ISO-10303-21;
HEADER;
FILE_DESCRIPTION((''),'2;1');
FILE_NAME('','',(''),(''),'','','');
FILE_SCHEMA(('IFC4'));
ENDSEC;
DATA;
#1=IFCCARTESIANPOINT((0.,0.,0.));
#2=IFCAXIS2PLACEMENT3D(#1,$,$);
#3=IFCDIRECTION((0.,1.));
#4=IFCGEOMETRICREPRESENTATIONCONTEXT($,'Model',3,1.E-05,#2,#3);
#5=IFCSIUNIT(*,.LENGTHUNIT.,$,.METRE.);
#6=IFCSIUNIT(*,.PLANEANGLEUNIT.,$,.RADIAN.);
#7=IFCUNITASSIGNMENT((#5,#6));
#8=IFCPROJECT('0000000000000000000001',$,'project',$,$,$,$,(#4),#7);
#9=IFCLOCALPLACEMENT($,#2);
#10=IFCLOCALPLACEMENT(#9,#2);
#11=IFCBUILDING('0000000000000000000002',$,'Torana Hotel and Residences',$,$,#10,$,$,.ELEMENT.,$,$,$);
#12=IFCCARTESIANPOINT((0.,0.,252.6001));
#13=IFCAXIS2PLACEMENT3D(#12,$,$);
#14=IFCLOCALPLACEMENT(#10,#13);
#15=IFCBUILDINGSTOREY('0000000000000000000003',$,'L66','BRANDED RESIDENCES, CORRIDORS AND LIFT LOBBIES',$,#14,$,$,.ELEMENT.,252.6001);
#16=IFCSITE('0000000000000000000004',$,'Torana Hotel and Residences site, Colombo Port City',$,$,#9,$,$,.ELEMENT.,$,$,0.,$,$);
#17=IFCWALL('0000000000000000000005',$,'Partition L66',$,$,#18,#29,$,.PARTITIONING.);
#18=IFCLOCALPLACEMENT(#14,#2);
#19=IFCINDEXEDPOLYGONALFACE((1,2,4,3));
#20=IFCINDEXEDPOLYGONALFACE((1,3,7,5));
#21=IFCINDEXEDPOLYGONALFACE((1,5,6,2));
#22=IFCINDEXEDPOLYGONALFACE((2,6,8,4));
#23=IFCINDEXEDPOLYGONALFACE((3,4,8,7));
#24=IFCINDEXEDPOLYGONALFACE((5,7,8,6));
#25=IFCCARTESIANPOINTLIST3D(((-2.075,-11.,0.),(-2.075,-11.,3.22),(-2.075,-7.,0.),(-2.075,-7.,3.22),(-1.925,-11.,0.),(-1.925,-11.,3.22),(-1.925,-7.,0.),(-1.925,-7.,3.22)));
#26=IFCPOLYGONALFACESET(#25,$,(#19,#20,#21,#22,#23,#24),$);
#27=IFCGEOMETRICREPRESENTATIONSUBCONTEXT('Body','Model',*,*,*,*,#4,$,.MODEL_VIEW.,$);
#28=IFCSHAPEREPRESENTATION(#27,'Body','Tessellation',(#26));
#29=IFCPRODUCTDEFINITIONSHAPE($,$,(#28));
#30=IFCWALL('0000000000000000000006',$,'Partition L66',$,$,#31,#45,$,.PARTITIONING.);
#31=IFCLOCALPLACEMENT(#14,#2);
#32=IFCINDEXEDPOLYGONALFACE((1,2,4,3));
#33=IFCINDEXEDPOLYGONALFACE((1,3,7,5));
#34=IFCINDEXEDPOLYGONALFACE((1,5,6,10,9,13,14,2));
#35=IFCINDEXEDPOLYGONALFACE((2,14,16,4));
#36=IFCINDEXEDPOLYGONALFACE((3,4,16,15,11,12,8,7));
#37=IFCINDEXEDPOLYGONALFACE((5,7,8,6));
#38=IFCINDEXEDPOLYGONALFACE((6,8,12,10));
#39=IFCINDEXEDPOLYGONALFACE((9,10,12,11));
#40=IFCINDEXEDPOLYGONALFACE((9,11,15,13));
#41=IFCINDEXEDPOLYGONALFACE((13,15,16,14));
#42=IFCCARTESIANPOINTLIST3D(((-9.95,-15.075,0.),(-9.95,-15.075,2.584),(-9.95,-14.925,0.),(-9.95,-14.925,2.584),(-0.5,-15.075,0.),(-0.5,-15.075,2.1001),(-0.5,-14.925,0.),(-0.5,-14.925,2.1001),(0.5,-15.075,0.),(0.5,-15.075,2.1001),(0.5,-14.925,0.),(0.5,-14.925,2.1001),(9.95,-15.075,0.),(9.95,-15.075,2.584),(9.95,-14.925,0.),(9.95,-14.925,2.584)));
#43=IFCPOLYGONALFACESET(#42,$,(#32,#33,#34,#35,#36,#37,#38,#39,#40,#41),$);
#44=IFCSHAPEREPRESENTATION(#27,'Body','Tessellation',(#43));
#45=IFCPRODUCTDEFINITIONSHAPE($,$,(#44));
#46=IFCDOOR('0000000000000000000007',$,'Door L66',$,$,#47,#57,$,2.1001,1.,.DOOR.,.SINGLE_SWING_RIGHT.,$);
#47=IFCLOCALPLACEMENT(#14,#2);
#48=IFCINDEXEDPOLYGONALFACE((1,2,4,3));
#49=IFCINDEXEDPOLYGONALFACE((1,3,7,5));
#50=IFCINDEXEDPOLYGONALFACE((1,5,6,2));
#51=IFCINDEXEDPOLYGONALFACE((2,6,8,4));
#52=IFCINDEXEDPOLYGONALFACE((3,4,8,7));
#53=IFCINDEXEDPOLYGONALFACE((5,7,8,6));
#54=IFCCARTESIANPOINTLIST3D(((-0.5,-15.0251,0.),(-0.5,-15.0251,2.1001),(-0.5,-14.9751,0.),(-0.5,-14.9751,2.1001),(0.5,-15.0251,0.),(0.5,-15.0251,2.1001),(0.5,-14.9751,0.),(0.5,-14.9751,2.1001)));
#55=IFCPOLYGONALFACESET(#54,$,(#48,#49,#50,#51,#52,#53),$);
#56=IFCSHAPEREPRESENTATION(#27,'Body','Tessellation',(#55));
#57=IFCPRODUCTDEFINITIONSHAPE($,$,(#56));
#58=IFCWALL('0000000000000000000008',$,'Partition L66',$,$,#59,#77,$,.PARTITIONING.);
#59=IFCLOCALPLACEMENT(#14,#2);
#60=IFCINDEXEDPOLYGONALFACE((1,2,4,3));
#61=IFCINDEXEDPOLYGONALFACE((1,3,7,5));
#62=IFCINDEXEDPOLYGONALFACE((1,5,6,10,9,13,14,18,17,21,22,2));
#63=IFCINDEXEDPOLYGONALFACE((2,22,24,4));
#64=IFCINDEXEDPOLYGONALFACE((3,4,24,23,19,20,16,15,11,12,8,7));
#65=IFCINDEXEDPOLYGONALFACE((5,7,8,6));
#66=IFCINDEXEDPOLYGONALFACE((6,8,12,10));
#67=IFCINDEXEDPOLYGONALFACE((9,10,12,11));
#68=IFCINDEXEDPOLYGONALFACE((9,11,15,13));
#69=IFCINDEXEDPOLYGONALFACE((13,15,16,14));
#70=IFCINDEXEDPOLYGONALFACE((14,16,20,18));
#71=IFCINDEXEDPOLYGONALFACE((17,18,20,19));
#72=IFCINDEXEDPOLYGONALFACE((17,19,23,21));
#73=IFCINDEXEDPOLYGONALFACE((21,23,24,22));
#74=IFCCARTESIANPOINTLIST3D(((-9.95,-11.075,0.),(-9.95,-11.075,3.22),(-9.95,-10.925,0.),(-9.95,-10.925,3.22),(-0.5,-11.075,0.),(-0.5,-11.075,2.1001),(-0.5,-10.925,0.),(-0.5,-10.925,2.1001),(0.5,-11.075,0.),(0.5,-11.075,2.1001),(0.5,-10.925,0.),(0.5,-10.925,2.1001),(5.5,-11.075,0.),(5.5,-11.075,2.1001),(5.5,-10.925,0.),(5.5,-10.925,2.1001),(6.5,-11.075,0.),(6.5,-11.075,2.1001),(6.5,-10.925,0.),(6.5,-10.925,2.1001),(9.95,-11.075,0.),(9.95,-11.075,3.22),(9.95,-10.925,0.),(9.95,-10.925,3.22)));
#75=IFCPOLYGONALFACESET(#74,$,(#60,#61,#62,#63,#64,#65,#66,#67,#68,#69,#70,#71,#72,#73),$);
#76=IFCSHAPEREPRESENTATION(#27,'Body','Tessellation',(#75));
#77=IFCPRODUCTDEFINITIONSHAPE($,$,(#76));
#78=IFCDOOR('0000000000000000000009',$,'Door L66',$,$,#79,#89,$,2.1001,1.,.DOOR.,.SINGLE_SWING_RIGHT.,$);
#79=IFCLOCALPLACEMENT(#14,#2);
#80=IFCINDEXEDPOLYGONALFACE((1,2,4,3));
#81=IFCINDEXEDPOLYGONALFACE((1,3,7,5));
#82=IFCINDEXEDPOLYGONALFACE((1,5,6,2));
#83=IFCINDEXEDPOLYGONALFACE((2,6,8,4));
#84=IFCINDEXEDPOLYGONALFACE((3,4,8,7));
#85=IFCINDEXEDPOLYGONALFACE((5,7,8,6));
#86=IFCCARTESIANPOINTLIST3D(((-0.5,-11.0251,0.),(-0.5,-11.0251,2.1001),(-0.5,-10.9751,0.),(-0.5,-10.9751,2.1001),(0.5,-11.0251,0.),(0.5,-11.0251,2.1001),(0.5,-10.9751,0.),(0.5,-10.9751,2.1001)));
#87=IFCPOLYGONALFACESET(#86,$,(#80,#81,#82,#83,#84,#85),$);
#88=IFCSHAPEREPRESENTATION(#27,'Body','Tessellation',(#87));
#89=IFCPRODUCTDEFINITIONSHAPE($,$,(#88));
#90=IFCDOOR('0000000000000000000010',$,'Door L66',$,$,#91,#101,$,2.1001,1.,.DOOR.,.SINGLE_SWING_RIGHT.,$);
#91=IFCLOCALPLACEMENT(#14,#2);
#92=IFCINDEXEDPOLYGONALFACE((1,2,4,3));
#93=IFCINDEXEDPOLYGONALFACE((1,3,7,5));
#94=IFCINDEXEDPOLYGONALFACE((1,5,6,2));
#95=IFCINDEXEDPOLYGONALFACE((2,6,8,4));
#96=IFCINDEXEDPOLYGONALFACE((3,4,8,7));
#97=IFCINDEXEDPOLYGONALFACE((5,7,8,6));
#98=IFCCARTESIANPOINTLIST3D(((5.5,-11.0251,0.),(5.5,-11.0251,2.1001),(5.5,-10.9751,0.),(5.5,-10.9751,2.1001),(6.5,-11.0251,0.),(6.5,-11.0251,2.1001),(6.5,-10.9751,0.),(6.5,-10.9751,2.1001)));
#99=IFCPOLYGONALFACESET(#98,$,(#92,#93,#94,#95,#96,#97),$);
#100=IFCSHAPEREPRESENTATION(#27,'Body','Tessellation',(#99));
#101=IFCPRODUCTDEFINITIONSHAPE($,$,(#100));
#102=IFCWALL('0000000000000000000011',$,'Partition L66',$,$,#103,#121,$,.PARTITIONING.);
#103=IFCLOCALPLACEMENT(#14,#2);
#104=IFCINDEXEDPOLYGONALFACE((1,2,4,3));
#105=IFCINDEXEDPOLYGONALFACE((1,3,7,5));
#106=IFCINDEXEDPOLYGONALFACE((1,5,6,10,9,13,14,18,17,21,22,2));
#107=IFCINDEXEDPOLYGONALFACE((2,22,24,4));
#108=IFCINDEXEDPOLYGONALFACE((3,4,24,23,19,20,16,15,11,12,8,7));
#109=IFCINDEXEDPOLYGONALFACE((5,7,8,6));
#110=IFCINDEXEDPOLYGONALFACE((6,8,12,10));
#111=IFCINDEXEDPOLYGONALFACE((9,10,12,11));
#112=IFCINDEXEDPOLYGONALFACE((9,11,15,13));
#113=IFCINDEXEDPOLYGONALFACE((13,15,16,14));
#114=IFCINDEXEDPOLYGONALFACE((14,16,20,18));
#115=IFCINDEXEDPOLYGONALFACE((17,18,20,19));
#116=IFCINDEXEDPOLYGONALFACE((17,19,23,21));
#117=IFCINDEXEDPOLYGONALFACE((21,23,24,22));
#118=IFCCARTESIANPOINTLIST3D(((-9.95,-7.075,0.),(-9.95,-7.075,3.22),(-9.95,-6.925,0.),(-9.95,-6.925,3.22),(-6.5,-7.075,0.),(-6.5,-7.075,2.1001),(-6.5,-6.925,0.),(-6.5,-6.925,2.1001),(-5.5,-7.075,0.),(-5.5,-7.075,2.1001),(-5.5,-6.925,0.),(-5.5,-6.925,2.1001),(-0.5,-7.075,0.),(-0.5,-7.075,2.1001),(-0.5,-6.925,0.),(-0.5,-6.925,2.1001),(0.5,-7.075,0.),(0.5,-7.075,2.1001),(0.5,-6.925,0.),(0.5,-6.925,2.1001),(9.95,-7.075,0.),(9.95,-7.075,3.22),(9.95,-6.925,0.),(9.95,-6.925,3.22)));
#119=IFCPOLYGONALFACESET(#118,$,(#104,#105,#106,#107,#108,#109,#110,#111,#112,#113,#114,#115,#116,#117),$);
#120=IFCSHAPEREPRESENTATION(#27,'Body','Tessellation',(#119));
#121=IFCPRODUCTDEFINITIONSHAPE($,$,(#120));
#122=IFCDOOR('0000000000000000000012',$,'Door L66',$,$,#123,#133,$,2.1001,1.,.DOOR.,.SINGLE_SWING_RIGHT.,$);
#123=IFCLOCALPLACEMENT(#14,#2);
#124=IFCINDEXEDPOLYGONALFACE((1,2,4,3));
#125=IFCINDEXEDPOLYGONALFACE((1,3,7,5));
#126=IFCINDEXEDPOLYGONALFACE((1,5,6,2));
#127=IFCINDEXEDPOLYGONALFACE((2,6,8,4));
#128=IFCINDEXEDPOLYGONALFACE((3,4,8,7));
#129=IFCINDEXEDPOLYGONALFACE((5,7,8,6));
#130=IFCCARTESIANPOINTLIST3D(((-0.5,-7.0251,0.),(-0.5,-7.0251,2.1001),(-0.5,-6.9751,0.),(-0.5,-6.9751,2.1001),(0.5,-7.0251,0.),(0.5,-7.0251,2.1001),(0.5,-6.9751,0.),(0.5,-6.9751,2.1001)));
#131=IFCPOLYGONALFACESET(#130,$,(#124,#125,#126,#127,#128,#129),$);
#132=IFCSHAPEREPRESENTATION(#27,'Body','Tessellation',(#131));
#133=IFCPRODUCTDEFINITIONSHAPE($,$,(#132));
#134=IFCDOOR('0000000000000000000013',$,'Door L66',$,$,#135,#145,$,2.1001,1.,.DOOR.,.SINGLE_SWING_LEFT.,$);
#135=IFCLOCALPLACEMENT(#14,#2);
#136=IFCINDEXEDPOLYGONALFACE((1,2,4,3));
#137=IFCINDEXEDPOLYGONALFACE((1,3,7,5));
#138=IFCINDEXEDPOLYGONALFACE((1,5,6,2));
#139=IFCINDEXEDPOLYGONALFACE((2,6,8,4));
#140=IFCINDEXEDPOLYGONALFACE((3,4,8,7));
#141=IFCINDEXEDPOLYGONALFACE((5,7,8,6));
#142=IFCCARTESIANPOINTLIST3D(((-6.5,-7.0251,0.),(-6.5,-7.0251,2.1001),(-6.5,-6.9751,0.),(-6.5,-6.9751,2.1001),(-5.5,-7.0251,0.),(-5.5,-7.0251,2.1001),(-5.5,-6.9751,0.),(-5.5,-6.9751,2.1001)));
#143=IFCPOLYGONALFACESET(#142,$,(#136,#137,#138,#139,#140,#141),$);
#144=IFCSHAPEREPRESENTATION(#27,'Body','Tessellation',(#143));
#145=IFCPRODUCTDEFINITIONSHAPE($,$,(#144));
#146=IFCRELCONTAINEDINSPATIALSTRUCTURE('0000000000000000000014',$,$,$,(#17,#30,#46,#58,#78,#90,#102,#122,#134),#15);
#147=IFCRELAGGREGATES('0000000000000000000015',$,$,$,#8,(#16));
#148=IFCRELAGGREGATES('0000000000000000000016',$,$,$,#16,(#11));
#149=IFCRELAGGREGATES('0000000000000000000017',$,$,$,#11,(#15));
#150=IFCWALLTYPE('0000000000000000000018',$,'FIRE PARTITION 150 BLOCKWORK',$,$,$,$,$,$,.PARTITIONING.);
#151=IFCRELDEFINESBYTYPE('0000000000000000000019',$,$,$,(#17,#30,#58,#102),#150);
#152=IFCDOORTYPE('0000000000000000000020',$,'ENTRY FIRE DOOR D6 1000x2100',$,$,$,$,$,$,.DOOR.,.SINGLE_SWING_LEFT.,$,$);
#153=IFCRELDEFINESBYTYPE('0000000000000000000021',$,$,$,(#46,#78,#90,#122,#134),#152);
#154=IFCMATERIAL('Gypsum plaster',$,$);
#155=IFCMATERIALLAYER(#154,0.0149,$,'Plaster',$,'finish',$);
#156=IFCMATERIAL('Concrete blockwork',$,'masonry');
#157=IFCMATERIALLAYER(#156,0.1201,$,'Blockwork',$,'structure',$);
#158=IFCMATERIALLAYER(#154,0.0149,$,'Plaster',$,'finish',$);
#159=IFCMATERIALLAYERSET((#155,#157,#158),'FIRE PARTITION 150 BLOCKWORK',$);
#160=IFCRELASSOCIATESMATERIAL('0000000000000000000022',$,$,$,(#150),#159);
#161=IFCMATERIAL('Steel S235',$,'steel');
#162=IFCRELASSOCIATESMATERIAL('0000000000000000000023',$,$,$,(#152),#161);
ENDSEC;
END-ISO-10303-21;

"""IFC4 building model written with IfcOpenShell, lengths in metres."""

from ifc_helpers import new_model, si_unit, direction, frame, frame_2d, origin, place, context, subcontext, project, spatial, rectangle, extrude, material, layer, layer_set, type_object, element, fill, save


model = new_model("IFC4")

# Units and contexts
model_context = context("Model", 3, precision=1e-05, world=origin(), true_north=direction((0.0, 1.0)))
body_context = subcontext(model_context, "Body", "Model", "MODEL_VIEW")
ifc_project = project(units=[si_unit("LENGTHUNIT", "METRE"), si_unit("PLANEANGLEUNIT", "RADIAN")], contexts=[model_context])

# Site, building, storey
site_placement = place(None, origin())
site = spatial("IfcSite", under=ifc_project, at=site_placement, Name="Torana Hotel and Residences site, Colombo Port City", CompositionType="ELEMENT", RefElevation=0.0)
building_placement = place(site_placement, origin())
building = spatial("IfcBuilding", under=site, at=building_placement, Name="Torana Hotel and Residences", CompositionType="ELEMENT")
storey_placement = place(building_placement, frame((0.0, 0.0, 252.6001)))
storey = spatial("IfcBuildingStorey", under=building, at=storey_placement, Name="L66", Description="BRANDED RESIDENCES, CORRIDORS AND LIFT LOBBIES", CompositionType="ELEMENT", Elevation=252.6001)

# Wall
ifc_material_1 = material(Name="Gypsum plaster")
ifc_layer_1 = layer(ifc_material_1, 0.0149, Name="Plaster", Category="finish")
ifc_material_2 = material(Name="Concrete blockwork", Category="masonry")
ifc_layer_2 = layer(ifc_material_2, 0.1201, Name="Blockwork", Category="structure")
ifc_layer_3 = layer(ifc_material_1, 0.0149, Name="Plaster", Category="finish")
ifc_layer_set_1 = layer_set([ifc_layer_1, ifc_layer_2, ifc_layer_3], Name="FIRE PARTITION 150 BLOCKWORK")
wall_type_1 = type_object("IfcWallType", Name="FIRE PARTITION 150 BLOCKWORK", PredefinedType="PARTITIONING", material=ifc_layer_set_1)
wall_1_placement = place(storey_placement, frame((-2.0, -11.0, 0.0), z_axis=(0.0, 0.0, 1.0), x_axis=(0.0, 1.0, 0.0)))
element("IfcWall", 1, at=wall_1_placement, inside=storey, type_object=wall_type_1, Name="Partition L66", PredefinedType="PARTITIONING", context=body_context, shape_type="SweptSolid", body=[
    extrude(rectangle(XDim=4.0, YDim=0.1499, at=frame_2d((2.0, 0.0))), origin(), (0.0, 0.0, 1.0), 3.22),
])

# Wall, opening, door
wall_2_placement = place(storey_placement, frame((-9.95, -15.0, 0.0), z_axis=(0.0, 0.0, 1.0), x_axis=(1.0, 0.0, 0.0)))
wall_2 = element("IfcWall", 2, at=wall_2_placement, inside=storey, type_object=wall_type_1, Name="Partition L66", PredefinedType="PARTITIONING", context=body_context, shape_type="SweptSolid", body=[
    extrude(rectangle(XDim=19.8999, YDim=0.1499, at=frame_2d((9.95, 0.0))), origin(), (0.0, 0.0, 1.0), 2.584),
])
opening_1_placement = place(wall_2_placement, frame((9.45, 0.0, 0.0)))
opening_1 = element("IfcOpeningElement", 3, at=opening_1_placement, cuts=wall_2, PredefinedType="OPENING", context=body_context, shape_type="SweptSolid", body=[
    extrude(rectangle(XDim=1.0, YDim=2.1001, at=frame_2d((0.5, 1.05))), frame((0.0, 0.085, 0.0), z_axis=(0.0, -1.0, 0.0), x_axis=(1.0, 0.0, 0.0)), (0.0, 0.0, 1.0), 0.1699),
])
ifc_material_3 = material(Name="Steel S235", Category="steel")
door_type_1 = type_object("IfcDoorType", Name="ENTRY FIRE DOOR D6 1000x2100", OperationType="SINGLE_SWING_LEFT", PredefinedType="DOOR", material=ifc_material_3)
door_1_placement = place(opening_1_placement, origin())
door_1 = element("IfcDoor", 4, at=door_1_placement, inside=storey, type_object=door_type_1, Name="Door L66", OperationType="SINGLE_SWING_RIGHT", OverallHeight=2.1001, OverallWidth=1.0, PredefinedType="DOOR", context=body_context, shape_type="SweptSolid", body=[
    extrude(rectangle(XDim=1.0, YDim=2.1001, at=frame_2d((0.5, 1.05))), frame((0.0, 0.0249, 0.0), z_axis=(0.0, -1.0, 0.0), x_axis=(1.0, 0.0, 0.0)), (0.0, 0.0, 1.0), 0.05),
])
fill(opening_1, door_1)

# Walls, openings, doors
wall_3_placement = place(storey_placement, frame((-9.95, -11.0, 0.0), z_axis=(0.0, 0.0, 1.0), x_axis=(1.0, 0.0, 0.0)))
wall_3 = element("IfcWall", 5, at=wall_3_placement, inside=storey, type_object=wall_type_1, Name="Partition L66", PredefinedType="PARTITIONING", context=body_context, shape_type="SweptSolid", body=[
    extrude(rectangle(XDim=19.8999, YDim=0.1499, at=frame_2d((9.95, 0.0))), origin(), (0.0, 0.0, 1.0), 3.22),
])
opening_2_placement = place(wall_3_placement, frame((9.45, 0.0, 0.0)))
opening_2 = element("IfcOpeningElement", 6, at=opening_2_placement, cuts=wall_3, PredefinedType="OPENING", context=body_context, shape_type="SweptSolid", body=[
    extrude(rectangle(XDim=1.0, YDim=2.1001, at=frame_2d((0.5, 1.05))), frame((0.0, 0.085, 0.0), z_axis=(0.0, -1.0, 0.0), x_axis=(1.0, 0.0, 0.0)), (0.0, 0.0, 1.0), 0.1699),
])
opening_3_placement = place(wall_3_placement, frame((15.45, 0.0, 0.0)))
opening_3 = element("IfcOpeningElement", 7, at=opening_3_placement, cuts=wall_3, PredefinedType="OPENING", context=body_context, shape_type="SweptSolid", body=[
    extrude(rectangle(XDim=1.0, YDim=2.1001, at=frame_2d((0.5, 1.05))), frame((0.0, 0.085, 0.0), z_axis=(0.0, -1.0, 0.0), x_axis=(1.0, 0.0, 0.0)), (0.0, 0.0, 1.0), 0.1699),
])
door_2_placement = place(opening_2_placement, origin())
door_2 = element("IfcDoor", 8, at=door_2_placement, inside=storey, type_object=door_type_1, Name="Door L66", OperationType="SINGLE_SWING_RIGHT", OverallHeight=2.1001, OverallWidth=1.0, PredefinedType="DOOR", context=body_context, shape_type="SweptSolid", body=[
    extrude(rectangle(XDim=1.0, YDim=2.1001, at=frame_2d((0.5, 1.05))), frame((0.0, 0.0249, 0.0), z_axis=(0.0, -1.0, 0.0), x_axis=(1.0, 0.0, 0.0)), (0.0, 0.0, 1.0), 0.05),
])
fill(opening_2, door_2)
door_3_placement = place(opening_3_placement, origin())
door_3 = element("IfcDoor", 9, at=door_3_placement, inside=storey, type_object=door_type_1, Name="Door L66", OperationType="SINGLE_SWING_RIGHT", OverallHeight=2.1001, OverallWidth=1.0, PredefinedType="DOOR", context=body_context, shape_type="SweptSolid", body=[
    extrude(rectangle(XDim=1.0, YDim=2.1001, at=frame_2d((0.5, 1.05))), frame((0.0, 0.0249, 0.0), z_axis=(0.0, -1.0, 0.0), x_axis=(1.0, 0.0, 0.0)), (0.0, 0.0, 1.0), 0.05),
])
fill(opening_3, door_3)
wall_4_placement = place(storey_placement, frame((-9.95, -7.0, 0.0), z_axis=(0.0, 0.0, 1.0), x_axis=(1.0, 0.0, 0.0)))
wall_4 = element("IfcWall", 10, at=wall_4_placement, inside=storey, type_object=wall_type_1, Name="Partition L66", PredefinedType="PARTITIONING", context=body_context, shape_type="SweptSolid", body=[
    extrude(rectangle(XDim=19.8999, YDim=0.1499, at=frame_2d((9.95, 0.0))), origin(), (0.0, 0.0, 1.0), 3.22),
])
opening_4_placement = place(wall_4_placement, frame((9.45, 0.0, 0.0)))
opening_4 = element("IfcOpeningElement", 11, at=opening_4_placement, cuts=wall_4, PredefinedType="OPENING", context=body_context, shape_type="SweptSolid", body=[
    extrude(rectangle(XDim=1.0, YDim=2.1001, at=frame_2d((0.5, 1.05))), frame((0.0, 0.085, 0.0), z_axis=(0.0, -1.0, 0.0), x_axis=(1.0, 0.0, 0.0)), (0.0, 0.0, 1.0), 0.1699),
])
opening_5_placement = place(wall_4_placement, frame((3.45, 0.0, 0.0)))
opening_5 = element("IfcOpeningElement", 12, at=opening_5_placement, cuts=wall_4, PredefinedType="OPENING", context=body_context, shape_type="SweptSolid", body=[
    extrude(rectangle(XDim=1.0, YDim=2.1001, at=frame_2d((0.5, 1.05))), frame((0.0, 0.085, 0.0), z_axis=(0.0, -1.0, 0.0), x_axis=(1.0, 0.0, 0.0)), (0.0, 0.0, 1.0), 0.1699),
])
door_4_placement = place(opening_4_placement, origin())
door_4 = element("IfcDoor", 13, at=door_4_placement, inside=storey, type_object=door_type_1, Name="Door L66", OperationType="SINGLE_SWING_RIGHT", OverallHeight=2.1001, OverallWidth=1.0, PredefinedType="DOOR", context=body_context, shape_type="SweptSolid", body=[
    extrude(rectangle(XDim=1.0, YDim=2.1001, at=frame_2d((0.5, 1.05))), frame((0.0, 0.0249, 0.0), z_axis=(0.0, -1.0, 0.0), x_axis=(1.0, 0.0, 0.0)), (0.0, 0.0, 1.0), 0.05),
])
fill(opening_4, door_4)
door_5_placement = place(opening_5_placement, frame((0.5, 0.0, 0.0), z_axis=(0.0, 0.0, 1.0), x_axis=(-1.0, 0.0, 0.0)))
door_5 = element("IfcDoor", 14, at=door_5_placement, inside=storey, type_object=door_type_1, Name="Door L66", OperationType="SINGLE_SWING_LEFT", OverallHeight=2.1001, OverallWidth=1.0, PredefinedType="DOOR", context=body_context, shape_type="SweptSolid", body=[
    extrude(rectangle(XDim=1.0, YDim=2.1001, at=frame_2d((0.0, 1.05))), frame((0.0, -0.0249, 0.0), z_axis=(0.0, 1.0, 0.0), x_axis=(-1.0, 0.0, 0.0)), (0.0, 0.0, 1.0), 0.05),
])
fill(opening_5, door_5)

save(model, "model.ifc")
